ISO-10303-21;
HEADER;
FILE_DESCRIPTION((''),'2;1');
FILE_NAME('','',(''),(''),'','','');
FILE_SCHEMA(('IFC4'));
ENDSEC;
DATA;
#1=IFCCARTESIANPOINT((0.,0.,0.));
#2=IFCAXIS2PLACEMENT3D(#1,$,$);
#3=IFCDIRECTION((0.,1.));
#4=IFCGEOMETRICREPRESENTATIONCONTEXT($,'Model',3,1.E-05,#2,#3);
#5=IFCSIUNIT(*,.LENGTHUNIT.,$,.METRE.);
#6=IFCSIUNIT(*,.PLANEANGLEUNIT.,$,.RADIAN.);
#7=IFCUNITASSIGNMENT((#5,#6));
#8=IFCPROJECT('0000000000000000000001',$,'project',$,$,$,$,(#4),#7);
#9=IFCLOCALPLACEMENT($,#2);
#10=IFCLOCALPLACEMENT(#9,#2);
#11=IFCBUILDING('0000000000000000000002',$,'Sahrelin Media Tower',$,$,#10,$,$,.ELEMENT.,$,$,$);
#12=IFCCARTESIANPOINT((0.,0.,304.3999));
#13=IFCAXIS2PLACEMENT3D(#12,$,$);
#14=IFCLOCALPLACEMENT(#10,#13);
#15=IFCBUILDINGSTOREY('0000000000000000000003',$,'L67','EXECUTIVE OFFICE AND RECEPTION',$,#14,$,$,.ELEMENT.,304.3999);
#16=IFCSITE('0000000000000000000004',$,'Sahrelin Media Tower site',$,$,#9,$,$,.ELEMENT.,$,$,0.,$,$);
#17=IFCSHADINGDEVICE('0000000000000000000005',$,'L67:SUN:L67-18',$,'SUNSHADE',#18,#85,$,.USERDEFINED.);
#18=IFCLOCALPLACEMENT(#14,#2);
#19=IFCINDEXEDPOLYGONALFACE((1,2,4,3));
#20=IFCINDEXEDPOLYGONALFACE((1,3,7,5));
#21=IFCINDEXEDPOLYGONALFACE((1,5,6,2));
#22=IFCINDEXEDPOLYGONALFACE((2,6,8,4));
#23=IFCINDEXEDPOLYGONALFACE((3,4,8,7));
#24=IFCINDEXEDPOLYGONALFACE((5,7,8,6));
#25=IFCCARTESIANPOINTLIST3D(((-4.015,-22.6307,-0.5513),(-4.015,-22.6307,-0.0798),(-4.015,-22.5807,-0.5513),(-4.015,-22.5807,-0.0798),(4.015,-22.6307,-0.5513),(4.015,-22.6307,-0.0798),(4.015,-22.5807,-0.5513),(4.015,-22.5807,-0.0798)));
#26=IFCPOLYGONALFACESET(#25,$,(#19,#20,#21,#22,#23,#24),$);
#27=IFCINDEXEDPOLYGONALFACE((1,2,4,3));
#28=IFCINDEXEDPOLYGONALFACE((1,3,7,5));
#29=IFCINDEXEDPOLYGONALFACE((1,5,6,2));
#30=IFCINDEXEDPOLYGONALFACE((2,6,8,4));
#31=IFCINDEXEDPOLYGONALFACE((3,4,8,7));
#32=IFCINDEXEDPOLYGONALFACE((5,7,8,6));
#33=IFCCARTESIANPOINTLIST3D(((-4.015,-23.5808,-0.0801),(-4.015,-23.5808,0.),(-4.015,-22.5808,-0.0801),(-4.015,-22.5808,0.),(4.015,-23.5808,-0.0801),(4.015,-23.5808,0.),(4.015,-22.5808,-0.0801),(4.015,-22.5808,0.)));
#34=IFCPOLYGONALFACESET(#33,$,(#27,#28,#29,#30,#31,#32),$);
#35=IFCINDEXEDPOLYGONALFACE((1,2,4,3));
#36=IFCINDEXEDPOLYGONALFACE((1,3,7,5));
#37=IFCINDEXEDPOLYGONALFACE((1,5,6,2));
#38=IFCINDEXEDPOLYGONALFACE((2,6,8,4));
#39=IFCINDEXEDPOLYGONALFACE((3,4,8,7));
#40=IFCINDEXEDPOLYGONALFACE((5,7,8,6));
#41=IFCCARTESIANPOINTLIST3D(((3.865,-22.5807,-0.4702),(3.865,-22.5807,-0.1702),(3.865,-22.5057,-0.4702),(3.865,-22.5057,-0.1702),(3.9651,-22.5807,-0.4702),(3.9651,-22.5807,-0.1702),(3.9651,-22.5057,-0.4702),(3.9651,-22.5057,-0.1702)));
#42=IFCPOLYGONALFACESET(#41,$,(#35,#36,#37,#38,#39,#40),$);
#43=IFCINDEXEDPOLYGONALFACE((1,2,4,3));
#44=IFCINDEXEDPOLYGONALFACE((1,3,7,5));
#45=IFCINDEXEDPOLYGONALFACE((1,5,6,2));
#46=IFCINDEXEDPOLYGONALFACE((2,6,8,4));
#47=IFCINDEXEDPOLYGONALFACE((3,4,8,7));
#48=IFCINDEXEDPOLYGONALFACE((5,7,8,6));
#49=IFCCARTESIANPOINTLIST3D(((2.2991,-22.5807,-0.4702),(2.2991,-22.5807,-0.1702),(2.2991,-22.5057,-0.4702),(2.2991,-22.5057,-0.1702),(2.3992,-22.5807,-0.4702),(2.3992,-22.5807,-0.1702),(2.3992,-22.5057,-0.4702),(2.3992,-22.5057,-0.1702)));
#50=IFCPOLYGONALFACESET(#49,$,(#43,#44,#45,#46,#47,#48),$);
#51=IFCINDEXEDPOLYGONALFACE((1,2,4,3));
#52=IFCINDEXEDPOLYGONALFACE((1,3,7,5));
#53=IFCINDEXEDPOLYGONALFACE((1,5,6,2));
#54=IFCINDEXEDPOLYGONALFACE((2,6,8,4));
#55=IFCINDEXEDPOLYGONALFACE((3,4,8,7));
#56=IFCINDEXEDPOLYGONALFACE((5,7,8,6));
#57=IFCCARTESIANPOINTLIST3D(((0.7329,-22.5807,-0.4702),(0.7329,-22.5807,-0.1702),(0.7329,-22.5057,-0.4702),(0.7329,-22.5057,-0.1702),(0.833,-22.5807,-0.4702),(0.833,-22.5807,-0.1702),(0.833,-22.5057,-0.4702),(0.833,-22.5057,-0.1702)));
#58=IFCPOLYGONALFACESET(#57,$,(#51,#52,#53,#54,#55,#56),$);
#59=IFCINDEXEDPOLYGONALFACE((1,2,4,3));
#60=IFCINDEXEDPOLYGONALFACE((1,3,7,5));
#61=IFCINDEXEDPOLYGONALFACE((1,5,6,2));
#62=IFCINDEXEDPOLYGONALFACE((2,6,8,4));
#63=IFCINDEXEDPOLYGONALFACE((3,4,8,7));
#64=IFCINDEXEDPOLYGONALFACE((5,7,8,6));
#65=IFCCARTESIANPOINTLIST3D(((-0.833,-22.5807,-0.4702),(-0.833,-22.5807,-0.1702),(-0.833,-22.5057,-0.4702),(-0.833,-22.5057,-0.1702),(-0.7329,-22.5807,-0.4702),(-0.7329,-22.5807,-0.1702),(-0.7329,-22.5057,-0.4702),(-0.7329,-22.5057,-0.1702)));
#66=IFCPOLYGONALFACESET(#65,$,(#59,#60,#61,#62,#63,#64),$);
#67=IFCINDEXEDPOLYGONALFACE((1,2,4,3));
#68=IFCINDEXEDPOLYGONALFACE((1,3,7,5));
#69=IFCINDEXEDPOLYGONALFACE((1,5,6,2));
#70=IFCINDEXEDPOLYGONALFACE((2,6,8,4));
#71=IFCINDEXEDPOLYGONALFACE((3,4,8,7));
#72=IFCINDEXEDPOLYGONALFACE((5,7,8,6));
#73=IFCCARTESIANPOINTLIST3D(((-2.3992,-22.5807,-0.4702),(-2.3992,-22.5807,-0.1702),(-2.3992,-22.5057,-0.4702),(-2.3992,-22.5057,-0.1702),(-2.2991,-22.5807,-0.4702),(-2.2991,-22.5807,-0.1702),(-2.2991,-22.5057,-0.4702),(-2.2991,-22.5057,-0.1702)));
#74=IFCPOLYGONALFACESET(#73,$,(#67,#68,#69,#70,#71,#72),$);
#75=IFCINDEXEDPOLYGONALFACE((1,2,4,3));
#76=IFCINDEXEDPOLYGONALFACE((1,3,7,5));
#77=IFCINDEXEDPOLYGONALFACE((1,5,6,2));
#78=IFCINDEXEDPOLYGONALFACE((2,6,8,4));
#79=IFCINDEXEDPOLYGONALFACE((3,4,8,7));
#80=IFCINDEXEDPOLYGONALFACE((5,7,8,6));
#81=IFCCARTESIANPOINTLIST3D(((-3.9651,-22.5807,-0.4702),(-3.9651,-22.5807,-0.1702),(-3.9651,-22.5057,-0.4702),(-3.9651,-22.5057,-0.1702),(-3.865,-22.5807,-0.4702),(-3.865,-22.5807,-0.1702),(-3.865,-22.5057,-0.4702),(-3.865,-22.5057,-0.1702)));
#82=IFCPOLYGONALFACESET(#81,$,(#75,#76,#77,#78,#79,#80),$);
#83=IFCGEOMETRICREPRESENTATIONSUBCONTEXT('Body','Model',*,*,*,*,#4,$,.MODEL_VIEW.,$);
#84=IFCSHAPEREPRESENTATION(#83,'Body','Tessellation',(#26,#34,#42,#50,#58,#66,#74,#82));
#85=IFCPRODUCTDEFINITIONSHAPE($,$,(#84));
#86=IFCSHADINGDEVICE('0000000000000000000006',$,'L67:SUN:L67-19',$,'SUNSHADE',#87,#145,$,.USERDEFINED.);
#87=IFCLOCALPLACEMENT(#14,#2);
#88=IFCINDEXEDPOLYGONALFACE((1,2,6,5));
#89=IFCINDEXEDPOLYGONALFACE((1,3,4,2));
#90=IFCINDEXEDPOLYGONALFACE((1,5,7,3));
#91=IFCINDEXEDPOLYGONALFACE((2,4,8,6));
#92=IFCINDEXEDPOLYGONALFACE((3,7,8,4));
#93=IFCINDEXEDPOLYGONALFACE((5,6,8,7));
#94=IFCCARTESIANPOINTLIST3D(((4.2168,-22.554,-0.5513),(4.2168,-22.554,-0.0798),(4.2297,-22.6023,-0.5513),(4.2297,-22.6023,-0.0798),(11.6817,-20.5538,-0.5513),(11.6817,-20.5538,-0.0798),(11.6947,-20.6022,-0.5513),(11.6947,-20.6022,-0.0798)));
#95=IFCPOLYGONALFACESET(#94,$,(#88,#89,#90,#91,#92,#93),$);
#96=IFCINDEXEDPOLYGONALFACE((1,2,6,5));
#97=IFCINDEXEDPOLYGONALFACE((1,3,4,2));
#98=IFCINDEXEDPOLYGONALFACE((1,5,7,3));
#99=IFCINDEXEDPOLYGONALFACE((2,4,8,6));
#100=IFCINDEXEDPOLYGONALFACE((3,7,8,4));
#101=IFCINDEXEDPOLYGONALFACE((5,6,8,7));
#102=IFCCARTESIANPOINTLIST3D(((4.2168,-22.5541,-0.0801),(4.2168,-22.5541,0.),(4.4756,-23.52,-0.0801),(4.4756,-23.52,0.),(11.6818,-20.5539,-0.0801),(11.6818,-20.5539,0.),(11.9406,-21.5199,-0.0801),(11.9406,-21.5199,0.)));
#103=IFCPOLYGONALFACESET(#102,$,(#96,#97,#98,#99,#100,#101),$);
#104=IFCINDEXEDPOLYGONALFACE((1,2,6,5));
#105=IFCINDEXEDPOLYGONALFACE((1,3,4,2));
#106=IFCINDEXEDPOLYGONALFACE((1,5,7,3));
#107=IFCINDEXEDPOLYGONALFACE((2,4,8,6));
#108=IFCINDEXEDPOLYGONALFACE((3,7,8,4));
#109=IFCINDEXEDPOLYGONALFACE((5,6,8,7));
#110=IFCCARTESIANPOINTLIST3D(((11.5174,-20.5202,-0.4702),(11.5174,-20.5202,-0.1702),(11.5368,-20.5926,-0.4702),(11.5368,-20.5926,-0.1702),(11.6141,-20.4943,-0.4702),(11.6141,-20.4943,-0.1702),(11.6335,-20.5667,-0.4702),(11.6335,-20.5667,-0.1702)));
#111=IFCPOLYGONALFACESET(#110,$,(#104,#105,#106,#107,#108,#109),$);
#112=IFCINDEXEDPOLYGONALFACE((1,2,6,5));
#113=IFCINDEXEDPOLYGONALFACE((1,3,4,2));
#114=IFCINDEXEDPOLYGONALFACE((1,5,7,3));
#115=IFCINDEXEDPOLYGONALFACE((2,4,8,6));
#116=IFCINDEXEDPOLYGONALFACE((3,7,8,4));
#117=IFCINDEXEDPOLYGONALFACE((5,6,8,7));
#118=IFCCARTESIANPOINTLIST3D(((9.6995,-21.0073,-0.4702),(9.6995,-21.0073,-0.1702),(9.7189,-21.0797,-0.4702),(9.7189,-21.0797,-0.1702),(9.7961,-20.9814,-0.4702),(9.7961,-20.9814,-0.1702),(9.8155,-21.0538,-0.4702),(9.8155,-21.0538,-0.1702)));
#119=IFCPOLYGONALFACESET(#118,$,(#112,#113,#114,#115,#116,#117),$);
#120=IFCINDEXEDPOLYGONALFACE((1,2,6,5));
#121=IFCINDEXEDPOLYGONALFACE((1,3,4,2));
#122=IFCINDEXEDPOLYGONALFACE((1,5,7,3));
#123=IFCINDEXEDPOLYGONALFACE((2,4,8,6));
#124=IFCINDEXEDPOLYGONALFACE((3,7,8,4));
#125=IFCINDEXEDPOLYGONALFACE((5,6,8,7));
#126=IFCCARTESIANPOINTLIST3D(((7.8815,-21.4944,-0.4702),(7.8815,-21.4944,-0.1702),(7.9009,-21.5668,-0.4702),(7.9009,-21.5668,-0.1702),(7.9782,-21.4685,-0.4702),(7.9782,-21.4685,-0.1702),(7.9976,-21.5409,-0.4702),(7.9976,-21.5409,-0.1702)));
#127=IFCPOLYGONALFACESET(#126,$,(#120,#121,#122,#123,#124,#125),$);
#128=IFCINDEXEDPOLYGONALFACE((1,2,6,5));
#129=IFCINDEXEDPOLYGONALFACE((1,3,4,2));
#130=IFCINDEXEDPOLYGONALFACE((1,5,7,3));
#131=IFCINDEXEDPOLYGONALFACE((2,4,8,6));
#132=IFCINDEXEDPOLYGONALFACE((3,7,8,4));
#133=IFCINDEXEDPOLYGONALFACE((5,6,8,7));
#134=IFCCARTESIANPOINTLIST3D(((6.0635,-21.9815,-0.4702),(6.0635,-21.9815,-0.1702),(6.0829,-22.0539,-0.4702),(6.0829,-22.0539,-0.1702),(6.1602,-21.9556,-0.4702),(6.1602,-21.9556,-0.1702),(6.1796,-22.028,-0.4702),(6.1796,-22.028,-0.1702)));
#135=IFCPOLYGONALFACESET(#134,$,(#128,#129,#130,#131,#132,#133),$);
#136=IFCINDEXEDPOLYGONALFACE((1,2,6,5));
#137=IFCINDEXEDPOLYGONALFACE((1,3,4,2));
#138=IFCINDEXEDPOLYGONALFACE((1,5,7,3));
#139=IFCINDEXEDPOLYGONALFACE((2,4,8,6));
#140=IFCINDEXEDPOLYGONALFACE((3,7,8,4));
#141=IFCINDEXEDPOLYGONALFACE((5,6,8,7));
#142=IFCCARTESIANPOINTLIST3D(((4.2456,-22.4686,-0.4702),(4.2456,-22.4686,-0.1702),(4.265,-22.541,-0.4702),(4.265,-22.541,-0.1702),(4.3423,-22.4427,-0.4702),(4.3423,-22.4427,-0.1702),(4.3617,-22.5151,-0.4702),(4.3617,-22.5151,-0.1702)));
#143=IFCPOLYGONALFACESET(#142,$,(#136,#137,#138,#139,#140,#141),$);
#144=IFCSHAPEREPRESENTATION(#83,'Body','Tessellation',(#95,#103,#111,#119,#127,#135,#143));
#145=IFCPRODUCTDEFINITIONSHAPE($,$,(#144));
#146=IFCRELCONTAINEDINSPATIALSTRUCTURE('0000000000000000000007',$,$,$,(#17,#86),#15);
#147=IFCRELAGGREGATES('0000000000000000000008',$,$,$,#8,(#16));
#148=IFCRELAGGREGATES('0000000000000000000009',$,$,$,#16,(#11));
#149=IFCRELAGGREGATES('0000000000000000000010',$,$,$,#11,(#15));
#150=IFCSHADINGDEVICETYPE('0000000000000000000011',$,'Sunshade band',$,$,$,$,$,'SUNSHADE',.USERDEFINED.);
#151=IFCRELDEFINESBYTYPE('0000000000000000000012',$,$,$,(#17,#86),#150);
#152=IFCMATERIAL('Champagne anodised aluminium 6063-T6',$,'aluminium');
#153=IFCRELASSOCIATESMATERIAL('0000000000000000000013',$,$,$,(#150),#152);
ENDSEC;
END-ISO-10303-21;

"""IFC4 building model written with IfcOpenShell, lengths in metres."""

from ifc_helpers import new_model, si_unit, direction, frame, origin, origin_2d, place, context, subcontext, project, spatial, rectangle, extrude, material, type_object, element, save


model = new_model("IFC4")

# Units and contexts
model_context = context("Model", 3, precision=1e-05, world=origin(), true_north=direction((0.0, 1.0)))
body_context = subcontext(model_context, "Body", "Model", "MODEL_VIEW")
ifc_project = project(units=[si_unit("LENGTHUNIT", "METRE"), si_unit("PLANEANGLEUNIT", "RADIAN")], contexts=[model_context])

# Site, building, storey
site_placement = place(None, origin())
site = spatial("IfcSite", under=ifc_project, at=site_placement, Name="Sahrelin Media Tower site", CompositionType="ELEMENT", RefElevation=0.0)
building_placement = place(site_placement, origin())
building = spatial("IfcBuilding", under=site, at=building_placement, Name="Sahrelin Media Tower", CompositionType="ELEMENT")
storey_placement = place(building_placement, frame((0.0, 0.0, 304.3999)))
storey = spatial("IfcBuildingStorey", under=building, at=storey_placement, Name="L67", Description="EXECUTIVE OFFICE AND RECEPTION", CompositionType="ELEMENT", Elevation=304.3999)

# Shared definitions
ifc_material_1 = material(Name="Champagne anodised aluminium 6063-T6", Category="aluminium")

# Shading devices
placement_1 = place(storey_placement, frame((0.0, -22.5608, 0.0), z_axis=(0.0, 0.0, 1.0), x_axis=(-1.0, 0.0, 0.0)))
placement_2 = place(storey_placement, frame((7.9441, -21.5347, 0.0), z_axis=(0.0, 0.0, 1.0), x_axis=(-0.965929, -0.258808, 0.0)))
shading_device_type_1 = type_object("IfcShadingDeviceType", Name="Sunshade band", ElementType="SUNSHADE", PredefinedType="USERDEFINED", material=ifc_material_1)
element("IfcShadingDevice", 1, at=placement_1, inside=storey, type_object=shading_device_type_1, Name="L67:SUN:L67-18", ObjectType="SUNSHADE", PredefinedType="USERDEFINED", context=body_context, shape_type="SweptSolid", body=[
    extrude(rectangle(XDim=8.03, YDim=0.05, at=origin_2d()), frame((0.0, 0.0449, -0.5513)), (0.0, 0.0, 1.0), 0.4714),
    extrude(rectangle(XDim=8.03, YDim=1.0, at=origin_2d()), frame((0.0, 0.52, -0.0801)), (0.0, 0.0, 1.0), 0.0801),
    extrude(rectangle(XDim=0.1001, YDim=0.075, at=origin_2d()), frame((-3.915, -0.0176, -0.4702)), (0.0, 0.0, 1.0), 0.3),
    extrude(rectangle(XDim=0.1001, YDim=0.075, at=origin_2d()), frame((-2.3491, -0.0176, -0.4702)), (0.0, 0.0, 1.0), 0.3),
    extrude(rectangle(XDim=0.1001, YDim=0.075, at=origin_2d()), frame((-0.783, -0.0176, -0.4702)), (0.0, 0.0, 1.0), 0.3),
    extrude(rectangle(XDim=0.1001, YDim=0.075, at=origin_2d()), frame((0.783, -0.0176, -0.4702)), (0.0, 0.0, 1.0), 0.3),
    extrude(rectangle(XDim=0.1001, YDim=0.075, at=origin_2d()), frame((2.3491, -0.0176, -0.4702)), (0.0, 0.0, 1.0), 0.3),
    extrude(rectangle(XDim=0.1001, YDim=0.075, at=origin_2d()), frame((3.915, -0.0176, -0.4702)), (0.0, 0.0, 1.0), 0.3),
])
element("IfcShadingDevice", 2, at=placement_2, inside=storey, type_object=shading_device_type_1, Name="L67:SUN:L67-19", ObjectType="SUNSHADE", PredefinedType="USERDEFINED", context=body_context, shape_type="SweptSolid", body=[
    extrude(rectangle(XDim=7.7283, YDim=0.05, at=origin_2d()), frame((0.0, 0.0449, -0.5513)), (0.0, 0.0, 1.0), 0.4714),
    extrude(rectangle(XDim=7.7283, YDim=1.0, at=origin_2d()), frame((0.0, 0.52, -0.0801)), (0.0, 0.0, 1.0), 0.0801),
    extrude(rectangle(XDim=0.1001, YDim=0.075, at=origin_2d()), frame((-3.7642, -0.0176, -0.4702)), (0.0, 0.0, 1.0), 0.3),
    extrude(rectangle(XDim=0.1001, YDim=0.075, at=origin_2d()), frame((-1.8821, -0.0176, -0.4702)), (0.0, 0.0, 1.0), 0.3),
    extrude(rectangle(XDim=0.1001, YDim=0.075, at=origin_2d()), frame((0.0, -0.0176, -0.4702)), (0.0, 0.0, 1.0), 0.3),
    extrude(rectangle(XDim=0.1001, YDim=0.075, at=origin_2d()), frame((1.8821, -0.0176, -0.4702)), (0.0, 0.0, 1.0), 0.3),
    extrude(rectangle(XDim=0.1001, YDim=0.075, at=origin_2d()), frame((3.7642, -0.0176, -0.4702)), (0.0, 0.0, 1.0), 0.3),
])

save(model, "model.ifc")
